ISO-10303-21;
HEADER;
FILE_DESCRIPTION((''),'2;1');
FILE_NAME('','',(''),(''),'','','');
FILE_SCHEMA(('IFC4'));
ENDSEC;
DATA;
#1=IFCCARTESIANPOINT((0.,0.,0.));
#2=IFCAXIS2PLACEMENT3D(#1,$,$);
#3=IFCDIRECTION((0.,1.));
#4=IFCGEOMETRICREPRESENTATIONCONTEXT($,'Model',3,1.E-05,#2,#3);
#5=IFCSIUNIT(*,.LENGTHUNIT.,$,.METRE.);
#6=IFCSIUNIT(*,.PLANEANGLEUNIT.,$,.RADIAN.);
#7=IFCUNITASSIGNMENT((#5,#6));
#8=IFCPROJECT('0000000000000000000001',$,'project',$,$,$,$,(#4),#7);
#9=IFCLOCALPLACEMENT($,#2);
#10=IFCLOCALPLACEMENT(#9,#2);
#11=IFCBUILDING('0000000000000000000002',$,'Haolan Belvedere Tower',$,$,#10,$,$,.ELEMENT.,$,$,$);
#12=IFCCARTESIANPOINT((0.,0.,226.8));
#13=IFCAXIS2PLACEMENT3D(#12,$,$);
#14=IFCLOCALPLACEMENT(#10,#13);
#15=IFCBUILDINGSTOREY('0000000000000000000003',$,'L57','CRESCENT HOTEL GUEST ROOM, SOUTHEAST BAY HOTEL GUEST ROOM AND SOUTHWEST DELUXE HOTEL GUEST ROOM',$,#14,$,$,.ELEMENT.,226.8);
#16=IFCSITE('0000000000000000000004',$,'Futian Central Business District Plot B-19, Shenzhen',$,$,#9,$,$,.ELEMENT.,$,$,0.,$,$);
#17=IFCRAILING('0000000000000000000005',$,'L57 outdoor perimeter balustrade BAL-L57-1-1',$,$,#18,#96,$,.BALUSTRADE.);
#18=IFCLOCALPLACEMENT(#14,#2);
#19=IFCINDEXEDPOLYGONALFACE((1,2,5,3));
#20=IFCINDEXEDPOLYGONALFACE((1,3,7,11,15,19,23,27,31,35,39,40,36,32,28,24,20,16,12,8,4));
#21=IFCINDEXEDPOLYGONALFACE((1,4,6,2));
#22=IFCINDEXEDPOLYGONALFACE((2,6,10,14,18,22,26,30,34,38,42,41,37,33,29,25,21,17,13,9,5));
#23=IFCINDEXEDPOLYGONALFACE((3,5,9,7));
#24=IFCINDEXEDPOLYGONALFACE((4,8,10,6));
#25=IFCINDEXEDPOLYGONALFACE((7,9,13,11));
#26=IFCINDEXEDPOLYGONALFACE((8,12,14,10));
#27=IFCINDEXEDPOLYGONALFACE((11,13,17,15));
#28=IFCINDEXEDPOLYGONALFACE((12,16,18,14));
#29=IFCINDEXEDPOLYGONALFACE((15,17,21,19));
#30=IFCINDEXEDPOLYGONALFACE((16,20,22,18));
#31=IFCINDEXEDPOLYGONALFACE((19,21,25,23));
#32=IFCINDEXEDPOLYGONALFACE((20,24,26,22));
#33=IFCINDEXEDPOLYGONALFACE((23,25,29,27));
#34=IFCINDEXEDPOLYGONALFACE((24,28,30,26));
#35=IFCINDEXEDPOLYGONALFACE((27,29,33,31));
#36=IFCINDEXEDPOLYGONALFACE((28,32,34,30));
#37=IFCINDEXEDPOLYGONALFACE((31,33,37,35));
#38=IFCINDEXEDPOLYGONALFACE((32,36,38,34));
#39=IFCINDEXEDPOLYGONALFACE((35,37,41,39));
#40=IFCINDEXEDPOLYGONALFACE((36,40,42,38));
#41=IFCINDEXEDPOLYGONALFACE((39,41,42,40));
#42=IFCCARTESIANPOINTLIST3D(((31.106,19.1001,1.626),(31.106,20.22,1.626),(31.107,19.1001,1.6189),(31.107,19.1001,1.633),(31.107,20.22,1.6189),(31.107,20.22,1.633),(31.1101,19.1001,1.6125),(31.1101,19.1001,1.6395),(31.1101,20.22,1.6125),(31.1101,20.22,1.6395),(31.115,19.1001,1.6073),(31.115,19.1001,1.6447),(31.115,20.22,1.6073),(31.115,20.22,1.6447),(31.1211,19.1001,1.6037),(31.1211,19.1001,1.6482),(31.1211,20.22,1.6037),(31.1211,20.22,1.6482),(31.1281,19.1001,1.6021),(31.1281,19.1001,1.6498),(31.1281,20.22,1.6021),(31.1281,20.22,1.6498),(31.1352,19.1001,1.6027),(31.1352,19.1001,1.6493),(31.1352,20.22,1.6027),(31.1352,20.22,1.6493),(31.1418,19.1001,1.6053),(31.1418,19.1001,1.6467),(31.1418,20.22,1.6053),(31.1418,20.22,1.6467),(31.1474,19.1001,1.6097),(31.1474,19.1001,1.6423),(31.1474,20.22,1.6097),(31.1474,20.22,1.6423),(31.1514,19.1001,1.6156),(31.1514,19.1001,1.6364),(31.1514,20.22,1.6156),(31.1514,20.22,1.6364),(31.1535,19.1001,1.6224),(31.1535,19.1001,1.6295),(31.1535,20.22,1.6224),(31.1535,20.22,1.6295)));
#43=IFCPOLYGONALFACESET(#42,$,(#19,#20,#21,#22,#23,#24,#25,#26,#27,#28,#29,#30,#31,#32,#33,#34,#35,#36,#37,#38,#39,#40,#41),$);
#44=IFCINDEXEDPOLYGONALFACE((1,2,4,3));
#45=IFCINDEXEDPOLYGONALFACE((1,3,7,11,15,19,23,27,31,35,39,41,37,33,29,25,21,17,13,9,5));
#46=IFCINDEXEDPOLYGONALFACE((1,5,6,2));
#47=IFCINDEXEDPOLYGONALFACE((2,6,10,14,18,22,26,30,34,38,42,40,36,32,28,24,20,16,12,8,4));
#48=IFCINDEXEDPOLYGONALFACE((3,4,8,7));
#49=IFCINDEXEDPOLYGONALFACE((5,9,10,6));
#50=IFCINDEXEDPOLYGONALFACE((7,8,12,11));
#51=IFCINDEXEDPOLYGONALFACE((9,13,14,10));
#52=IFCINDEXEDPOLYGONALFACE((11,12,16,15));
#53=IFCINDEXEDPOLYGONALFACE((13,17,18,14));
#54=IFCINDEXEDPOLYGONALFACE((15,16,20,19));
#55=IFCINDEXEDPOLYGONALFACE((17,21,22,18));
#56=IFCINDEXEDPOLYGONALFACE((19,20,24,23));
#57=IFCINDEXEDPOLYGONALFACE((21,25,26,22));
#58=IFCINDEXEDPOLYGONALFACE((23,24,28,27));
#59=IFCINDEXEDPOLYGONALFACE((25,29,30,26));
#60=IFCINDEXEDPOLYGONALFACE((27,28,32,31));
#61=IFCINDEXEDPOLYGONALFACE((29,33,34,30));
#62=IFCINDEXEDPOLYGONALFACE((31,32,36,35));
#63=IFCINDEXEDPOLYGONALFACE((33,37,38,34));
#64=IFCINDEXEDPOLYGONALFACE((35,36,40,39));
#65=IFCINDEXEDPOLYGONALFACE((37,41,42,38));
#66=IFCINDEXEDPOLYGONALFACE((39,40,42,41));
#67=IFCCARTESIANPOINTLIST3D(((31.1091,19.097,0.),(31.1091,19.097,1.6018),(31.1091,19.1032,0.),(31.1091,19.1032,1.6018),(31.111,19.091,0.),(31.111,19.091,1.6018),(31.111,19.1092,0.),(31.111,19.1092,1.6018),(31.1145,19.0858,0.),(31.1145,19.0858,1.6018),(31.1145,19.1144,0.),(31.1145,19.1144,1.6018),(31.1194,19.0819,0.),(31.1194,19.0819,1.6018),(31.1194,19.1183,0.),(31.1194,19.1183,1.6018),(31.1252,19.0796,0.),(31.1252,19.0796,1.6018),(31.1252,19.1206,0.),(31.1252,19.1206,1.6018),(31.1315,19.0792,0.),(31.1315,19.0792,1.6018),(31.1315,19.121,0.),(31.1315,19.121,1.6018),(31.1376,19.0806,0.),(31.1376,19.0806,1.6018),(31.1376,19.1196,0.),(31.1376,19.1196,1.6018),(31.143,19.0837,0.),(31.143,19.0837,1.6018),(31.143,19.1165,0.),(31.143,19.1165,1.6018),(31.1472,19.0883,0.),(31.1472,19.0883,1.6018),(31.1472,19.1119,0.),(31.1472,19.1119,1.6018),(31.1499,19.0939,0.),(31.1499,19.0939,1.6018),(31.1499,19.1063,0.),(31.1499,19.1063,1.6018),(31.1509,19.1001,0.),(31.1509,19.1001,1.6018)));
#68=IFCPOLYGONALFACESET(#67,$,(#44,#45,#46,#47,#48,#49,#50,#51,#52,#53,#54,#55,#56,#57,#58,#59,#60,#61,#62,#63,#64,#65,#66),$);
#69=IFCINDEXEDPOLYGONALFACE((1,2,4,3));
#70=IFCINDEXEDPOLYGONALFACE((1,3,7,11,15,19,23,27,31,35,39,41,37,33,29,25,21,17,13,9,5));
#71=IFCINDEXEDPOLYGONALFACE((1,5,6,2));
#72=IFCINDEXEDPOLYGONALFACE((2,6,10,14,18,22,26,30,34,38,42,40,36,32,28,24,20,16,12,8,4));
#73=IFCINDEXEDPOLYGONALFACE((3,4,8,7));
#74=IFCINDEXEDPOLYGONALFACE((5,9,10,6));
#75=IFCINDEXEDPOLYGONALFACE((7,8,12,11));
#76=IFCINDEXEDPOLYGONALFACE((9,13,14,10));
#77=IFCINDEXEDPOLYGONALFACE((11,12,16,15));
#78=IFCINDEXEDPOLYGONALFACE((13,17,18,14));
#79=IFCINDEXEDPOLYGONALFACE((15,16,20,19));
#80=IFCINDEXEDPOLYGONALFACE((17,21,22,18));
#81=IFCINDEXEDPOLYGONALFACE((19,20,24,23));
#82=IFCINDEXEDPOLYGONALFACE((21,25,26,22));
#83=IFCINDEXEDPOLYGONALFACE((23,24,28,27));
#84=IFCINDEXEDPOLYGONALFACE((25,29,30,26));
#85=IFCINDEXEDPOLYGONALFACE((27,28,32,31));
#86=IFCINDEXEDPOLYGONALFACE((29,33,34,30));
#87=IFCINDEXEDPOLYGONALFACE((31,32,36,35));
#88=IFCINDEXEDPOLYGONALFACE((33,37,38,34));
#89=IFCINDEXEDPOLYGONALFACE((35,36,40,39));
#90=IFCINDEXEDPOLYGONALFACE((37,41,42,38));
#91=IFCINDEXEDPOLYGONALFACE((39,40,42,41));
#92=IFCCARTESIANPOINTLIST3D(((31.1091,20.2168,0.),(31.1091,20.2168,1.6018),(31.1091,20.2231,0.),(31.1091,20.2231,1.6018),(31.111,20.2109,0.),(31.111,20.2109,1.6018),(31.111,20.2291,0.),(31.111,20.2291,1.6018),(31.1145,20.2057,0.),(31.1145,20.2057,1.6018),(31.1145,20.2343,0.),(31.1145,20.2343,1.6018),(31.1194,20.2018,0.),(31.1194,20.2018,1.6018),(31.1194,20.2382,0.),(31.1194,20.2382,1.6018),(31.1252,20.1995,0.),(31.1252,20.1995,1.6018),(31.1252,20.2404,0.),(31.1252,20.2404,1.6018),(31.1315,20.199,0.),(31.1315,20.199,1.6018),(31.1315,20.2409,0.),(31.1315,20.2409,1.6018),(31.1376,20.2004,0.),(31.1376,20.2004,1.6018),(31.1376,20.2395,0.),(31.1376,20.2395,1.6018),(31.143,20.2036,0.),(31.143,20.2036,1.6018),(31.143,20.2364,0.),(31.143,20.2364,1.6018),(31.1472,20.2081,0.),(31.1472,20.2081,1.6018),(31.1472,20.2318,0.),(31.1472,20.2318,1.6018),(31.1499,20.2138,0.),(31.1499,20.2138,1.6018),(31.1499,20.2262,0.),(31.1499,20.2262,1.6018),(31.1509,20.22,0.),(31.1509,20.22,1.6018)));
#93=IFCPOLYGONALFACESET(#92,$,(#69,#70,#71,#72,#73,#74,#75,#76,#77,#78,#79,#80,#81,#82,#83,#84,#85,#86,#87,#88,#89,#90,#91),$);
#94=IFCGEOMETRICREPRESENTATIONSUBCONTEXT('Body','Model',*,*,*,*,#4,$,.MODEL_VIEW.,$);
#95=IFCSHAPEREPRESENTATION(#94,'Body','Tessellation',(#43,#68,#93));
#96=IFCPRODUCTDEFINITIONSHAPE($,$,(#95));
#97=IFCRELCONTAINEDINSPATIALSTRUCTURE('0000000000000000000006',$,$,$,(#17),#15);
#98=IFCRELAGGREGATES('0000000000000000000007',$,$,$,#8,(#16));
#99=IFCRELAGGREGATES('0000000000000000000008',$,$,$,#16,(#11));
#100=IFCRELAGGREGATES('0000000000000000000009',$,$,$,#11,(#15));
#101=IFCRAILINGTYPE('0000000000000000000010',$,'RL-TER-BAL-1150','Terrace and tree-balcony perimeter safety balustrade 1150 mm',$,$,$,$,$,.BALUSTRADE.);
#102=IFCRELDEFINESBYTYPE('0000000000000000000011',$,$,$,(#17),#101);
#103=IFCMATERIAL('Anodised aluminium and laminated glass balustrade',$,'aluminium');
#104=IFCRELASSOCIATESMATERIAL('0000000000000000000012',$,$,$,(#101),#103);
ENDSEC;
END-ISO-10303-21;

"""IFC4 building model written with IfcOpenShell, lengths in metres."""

from ifc_helpers import new_model, si_unit, direction, frame, origin, origin_2d, place, context, subcontext, project, spatial, circle, extrude, material, type_object, element, save


model = new_model("IFC4")

# Units and contexts
model_context = context("Model", 3, precision=1e-05, world=origin(), true_north=direction((0.0, 1.0)))
body_context = subcontext(model_context, "Body", "Model", "MODEL_VIEW")
ifc_project = project(units=[si_unit("LENGTHUNIT", "METRE"), si_unit("PLANEANGLEUNIT", "RADIAN")], contexts=[model_context])

# Site, building, storey
site_placement = place(None, origin())
site = spatial("IfcSite", under=ifc_project, at=site_placement, Name="Futian Central Business District Plot B-19, Shenzhen", CompositionType="ELEMENT", RefElevation=0.0)
building_placement = place(site_placement, origin())
building = spatial("IfcBuilding", under=site, at=building_placement, Name="Haolan Belvedere Tower", CompositionType="ELEMENT")
storey_placement = place(building_placement, frame((0.0, 0.0, 226.8)))
storey = spatial("IfcBuildingStorey", under=building, at=storey_placement, Name="L57", Description="CRESCENT HOTEL GUEST ROOM, SOUTHEAST BAY HOTEL GUEST ROOM AND SOUTHWEST DELUXE HOTEL GUEST ROOM", CompositionType="ELEMENT", Elevation=226.8)

# Railing
ifc_material_1 = material(Name="Anodised aluminium and laminated glass balustrade", Category="aluminium")
railing_type = type_object("IfcRailingType", Name="RL-TER-BAL-1150", Description="Terrace and tree-balcony perimeter safety balustrade 1150 mm", PredefinedType="BALUSTRADE", material=ifc_material_1)
railing_1_placement = place(storey_placement, frame((31.1299, 19.1001, 0.0)))
element("IfcRailing", 1, at=railing_1_placement, inside=storey, type_object=railing_type, Name="L57 outdoor perimeter balustrade BAL-L57-1-1", PredefinedType="BALUSTRADE", context=body_context, shape_type="SweptSolid", body=[
    extrude(circle(Radius=0.0239, at=origin_2d()), frame((0.0, 0.0, 1.626), z_axis=(0.0, 1.0, 0.0), x_axis=(-1.0, 0.0, 0.0)), (0.0, 0.0, 1.0), 1.1199),
    extrude(circle(Radius=0.021, at=origin_2d()), origin(), (0.0, 0.0, 1.0), 1.6018),
    extrude(circle(Radius=0.021, at=origin_2d()), frame((0.0, 1.1199, 0.0)), (0.0, 0.0, 1.0), 1.6018),
])

save(model, "model.ifc")
